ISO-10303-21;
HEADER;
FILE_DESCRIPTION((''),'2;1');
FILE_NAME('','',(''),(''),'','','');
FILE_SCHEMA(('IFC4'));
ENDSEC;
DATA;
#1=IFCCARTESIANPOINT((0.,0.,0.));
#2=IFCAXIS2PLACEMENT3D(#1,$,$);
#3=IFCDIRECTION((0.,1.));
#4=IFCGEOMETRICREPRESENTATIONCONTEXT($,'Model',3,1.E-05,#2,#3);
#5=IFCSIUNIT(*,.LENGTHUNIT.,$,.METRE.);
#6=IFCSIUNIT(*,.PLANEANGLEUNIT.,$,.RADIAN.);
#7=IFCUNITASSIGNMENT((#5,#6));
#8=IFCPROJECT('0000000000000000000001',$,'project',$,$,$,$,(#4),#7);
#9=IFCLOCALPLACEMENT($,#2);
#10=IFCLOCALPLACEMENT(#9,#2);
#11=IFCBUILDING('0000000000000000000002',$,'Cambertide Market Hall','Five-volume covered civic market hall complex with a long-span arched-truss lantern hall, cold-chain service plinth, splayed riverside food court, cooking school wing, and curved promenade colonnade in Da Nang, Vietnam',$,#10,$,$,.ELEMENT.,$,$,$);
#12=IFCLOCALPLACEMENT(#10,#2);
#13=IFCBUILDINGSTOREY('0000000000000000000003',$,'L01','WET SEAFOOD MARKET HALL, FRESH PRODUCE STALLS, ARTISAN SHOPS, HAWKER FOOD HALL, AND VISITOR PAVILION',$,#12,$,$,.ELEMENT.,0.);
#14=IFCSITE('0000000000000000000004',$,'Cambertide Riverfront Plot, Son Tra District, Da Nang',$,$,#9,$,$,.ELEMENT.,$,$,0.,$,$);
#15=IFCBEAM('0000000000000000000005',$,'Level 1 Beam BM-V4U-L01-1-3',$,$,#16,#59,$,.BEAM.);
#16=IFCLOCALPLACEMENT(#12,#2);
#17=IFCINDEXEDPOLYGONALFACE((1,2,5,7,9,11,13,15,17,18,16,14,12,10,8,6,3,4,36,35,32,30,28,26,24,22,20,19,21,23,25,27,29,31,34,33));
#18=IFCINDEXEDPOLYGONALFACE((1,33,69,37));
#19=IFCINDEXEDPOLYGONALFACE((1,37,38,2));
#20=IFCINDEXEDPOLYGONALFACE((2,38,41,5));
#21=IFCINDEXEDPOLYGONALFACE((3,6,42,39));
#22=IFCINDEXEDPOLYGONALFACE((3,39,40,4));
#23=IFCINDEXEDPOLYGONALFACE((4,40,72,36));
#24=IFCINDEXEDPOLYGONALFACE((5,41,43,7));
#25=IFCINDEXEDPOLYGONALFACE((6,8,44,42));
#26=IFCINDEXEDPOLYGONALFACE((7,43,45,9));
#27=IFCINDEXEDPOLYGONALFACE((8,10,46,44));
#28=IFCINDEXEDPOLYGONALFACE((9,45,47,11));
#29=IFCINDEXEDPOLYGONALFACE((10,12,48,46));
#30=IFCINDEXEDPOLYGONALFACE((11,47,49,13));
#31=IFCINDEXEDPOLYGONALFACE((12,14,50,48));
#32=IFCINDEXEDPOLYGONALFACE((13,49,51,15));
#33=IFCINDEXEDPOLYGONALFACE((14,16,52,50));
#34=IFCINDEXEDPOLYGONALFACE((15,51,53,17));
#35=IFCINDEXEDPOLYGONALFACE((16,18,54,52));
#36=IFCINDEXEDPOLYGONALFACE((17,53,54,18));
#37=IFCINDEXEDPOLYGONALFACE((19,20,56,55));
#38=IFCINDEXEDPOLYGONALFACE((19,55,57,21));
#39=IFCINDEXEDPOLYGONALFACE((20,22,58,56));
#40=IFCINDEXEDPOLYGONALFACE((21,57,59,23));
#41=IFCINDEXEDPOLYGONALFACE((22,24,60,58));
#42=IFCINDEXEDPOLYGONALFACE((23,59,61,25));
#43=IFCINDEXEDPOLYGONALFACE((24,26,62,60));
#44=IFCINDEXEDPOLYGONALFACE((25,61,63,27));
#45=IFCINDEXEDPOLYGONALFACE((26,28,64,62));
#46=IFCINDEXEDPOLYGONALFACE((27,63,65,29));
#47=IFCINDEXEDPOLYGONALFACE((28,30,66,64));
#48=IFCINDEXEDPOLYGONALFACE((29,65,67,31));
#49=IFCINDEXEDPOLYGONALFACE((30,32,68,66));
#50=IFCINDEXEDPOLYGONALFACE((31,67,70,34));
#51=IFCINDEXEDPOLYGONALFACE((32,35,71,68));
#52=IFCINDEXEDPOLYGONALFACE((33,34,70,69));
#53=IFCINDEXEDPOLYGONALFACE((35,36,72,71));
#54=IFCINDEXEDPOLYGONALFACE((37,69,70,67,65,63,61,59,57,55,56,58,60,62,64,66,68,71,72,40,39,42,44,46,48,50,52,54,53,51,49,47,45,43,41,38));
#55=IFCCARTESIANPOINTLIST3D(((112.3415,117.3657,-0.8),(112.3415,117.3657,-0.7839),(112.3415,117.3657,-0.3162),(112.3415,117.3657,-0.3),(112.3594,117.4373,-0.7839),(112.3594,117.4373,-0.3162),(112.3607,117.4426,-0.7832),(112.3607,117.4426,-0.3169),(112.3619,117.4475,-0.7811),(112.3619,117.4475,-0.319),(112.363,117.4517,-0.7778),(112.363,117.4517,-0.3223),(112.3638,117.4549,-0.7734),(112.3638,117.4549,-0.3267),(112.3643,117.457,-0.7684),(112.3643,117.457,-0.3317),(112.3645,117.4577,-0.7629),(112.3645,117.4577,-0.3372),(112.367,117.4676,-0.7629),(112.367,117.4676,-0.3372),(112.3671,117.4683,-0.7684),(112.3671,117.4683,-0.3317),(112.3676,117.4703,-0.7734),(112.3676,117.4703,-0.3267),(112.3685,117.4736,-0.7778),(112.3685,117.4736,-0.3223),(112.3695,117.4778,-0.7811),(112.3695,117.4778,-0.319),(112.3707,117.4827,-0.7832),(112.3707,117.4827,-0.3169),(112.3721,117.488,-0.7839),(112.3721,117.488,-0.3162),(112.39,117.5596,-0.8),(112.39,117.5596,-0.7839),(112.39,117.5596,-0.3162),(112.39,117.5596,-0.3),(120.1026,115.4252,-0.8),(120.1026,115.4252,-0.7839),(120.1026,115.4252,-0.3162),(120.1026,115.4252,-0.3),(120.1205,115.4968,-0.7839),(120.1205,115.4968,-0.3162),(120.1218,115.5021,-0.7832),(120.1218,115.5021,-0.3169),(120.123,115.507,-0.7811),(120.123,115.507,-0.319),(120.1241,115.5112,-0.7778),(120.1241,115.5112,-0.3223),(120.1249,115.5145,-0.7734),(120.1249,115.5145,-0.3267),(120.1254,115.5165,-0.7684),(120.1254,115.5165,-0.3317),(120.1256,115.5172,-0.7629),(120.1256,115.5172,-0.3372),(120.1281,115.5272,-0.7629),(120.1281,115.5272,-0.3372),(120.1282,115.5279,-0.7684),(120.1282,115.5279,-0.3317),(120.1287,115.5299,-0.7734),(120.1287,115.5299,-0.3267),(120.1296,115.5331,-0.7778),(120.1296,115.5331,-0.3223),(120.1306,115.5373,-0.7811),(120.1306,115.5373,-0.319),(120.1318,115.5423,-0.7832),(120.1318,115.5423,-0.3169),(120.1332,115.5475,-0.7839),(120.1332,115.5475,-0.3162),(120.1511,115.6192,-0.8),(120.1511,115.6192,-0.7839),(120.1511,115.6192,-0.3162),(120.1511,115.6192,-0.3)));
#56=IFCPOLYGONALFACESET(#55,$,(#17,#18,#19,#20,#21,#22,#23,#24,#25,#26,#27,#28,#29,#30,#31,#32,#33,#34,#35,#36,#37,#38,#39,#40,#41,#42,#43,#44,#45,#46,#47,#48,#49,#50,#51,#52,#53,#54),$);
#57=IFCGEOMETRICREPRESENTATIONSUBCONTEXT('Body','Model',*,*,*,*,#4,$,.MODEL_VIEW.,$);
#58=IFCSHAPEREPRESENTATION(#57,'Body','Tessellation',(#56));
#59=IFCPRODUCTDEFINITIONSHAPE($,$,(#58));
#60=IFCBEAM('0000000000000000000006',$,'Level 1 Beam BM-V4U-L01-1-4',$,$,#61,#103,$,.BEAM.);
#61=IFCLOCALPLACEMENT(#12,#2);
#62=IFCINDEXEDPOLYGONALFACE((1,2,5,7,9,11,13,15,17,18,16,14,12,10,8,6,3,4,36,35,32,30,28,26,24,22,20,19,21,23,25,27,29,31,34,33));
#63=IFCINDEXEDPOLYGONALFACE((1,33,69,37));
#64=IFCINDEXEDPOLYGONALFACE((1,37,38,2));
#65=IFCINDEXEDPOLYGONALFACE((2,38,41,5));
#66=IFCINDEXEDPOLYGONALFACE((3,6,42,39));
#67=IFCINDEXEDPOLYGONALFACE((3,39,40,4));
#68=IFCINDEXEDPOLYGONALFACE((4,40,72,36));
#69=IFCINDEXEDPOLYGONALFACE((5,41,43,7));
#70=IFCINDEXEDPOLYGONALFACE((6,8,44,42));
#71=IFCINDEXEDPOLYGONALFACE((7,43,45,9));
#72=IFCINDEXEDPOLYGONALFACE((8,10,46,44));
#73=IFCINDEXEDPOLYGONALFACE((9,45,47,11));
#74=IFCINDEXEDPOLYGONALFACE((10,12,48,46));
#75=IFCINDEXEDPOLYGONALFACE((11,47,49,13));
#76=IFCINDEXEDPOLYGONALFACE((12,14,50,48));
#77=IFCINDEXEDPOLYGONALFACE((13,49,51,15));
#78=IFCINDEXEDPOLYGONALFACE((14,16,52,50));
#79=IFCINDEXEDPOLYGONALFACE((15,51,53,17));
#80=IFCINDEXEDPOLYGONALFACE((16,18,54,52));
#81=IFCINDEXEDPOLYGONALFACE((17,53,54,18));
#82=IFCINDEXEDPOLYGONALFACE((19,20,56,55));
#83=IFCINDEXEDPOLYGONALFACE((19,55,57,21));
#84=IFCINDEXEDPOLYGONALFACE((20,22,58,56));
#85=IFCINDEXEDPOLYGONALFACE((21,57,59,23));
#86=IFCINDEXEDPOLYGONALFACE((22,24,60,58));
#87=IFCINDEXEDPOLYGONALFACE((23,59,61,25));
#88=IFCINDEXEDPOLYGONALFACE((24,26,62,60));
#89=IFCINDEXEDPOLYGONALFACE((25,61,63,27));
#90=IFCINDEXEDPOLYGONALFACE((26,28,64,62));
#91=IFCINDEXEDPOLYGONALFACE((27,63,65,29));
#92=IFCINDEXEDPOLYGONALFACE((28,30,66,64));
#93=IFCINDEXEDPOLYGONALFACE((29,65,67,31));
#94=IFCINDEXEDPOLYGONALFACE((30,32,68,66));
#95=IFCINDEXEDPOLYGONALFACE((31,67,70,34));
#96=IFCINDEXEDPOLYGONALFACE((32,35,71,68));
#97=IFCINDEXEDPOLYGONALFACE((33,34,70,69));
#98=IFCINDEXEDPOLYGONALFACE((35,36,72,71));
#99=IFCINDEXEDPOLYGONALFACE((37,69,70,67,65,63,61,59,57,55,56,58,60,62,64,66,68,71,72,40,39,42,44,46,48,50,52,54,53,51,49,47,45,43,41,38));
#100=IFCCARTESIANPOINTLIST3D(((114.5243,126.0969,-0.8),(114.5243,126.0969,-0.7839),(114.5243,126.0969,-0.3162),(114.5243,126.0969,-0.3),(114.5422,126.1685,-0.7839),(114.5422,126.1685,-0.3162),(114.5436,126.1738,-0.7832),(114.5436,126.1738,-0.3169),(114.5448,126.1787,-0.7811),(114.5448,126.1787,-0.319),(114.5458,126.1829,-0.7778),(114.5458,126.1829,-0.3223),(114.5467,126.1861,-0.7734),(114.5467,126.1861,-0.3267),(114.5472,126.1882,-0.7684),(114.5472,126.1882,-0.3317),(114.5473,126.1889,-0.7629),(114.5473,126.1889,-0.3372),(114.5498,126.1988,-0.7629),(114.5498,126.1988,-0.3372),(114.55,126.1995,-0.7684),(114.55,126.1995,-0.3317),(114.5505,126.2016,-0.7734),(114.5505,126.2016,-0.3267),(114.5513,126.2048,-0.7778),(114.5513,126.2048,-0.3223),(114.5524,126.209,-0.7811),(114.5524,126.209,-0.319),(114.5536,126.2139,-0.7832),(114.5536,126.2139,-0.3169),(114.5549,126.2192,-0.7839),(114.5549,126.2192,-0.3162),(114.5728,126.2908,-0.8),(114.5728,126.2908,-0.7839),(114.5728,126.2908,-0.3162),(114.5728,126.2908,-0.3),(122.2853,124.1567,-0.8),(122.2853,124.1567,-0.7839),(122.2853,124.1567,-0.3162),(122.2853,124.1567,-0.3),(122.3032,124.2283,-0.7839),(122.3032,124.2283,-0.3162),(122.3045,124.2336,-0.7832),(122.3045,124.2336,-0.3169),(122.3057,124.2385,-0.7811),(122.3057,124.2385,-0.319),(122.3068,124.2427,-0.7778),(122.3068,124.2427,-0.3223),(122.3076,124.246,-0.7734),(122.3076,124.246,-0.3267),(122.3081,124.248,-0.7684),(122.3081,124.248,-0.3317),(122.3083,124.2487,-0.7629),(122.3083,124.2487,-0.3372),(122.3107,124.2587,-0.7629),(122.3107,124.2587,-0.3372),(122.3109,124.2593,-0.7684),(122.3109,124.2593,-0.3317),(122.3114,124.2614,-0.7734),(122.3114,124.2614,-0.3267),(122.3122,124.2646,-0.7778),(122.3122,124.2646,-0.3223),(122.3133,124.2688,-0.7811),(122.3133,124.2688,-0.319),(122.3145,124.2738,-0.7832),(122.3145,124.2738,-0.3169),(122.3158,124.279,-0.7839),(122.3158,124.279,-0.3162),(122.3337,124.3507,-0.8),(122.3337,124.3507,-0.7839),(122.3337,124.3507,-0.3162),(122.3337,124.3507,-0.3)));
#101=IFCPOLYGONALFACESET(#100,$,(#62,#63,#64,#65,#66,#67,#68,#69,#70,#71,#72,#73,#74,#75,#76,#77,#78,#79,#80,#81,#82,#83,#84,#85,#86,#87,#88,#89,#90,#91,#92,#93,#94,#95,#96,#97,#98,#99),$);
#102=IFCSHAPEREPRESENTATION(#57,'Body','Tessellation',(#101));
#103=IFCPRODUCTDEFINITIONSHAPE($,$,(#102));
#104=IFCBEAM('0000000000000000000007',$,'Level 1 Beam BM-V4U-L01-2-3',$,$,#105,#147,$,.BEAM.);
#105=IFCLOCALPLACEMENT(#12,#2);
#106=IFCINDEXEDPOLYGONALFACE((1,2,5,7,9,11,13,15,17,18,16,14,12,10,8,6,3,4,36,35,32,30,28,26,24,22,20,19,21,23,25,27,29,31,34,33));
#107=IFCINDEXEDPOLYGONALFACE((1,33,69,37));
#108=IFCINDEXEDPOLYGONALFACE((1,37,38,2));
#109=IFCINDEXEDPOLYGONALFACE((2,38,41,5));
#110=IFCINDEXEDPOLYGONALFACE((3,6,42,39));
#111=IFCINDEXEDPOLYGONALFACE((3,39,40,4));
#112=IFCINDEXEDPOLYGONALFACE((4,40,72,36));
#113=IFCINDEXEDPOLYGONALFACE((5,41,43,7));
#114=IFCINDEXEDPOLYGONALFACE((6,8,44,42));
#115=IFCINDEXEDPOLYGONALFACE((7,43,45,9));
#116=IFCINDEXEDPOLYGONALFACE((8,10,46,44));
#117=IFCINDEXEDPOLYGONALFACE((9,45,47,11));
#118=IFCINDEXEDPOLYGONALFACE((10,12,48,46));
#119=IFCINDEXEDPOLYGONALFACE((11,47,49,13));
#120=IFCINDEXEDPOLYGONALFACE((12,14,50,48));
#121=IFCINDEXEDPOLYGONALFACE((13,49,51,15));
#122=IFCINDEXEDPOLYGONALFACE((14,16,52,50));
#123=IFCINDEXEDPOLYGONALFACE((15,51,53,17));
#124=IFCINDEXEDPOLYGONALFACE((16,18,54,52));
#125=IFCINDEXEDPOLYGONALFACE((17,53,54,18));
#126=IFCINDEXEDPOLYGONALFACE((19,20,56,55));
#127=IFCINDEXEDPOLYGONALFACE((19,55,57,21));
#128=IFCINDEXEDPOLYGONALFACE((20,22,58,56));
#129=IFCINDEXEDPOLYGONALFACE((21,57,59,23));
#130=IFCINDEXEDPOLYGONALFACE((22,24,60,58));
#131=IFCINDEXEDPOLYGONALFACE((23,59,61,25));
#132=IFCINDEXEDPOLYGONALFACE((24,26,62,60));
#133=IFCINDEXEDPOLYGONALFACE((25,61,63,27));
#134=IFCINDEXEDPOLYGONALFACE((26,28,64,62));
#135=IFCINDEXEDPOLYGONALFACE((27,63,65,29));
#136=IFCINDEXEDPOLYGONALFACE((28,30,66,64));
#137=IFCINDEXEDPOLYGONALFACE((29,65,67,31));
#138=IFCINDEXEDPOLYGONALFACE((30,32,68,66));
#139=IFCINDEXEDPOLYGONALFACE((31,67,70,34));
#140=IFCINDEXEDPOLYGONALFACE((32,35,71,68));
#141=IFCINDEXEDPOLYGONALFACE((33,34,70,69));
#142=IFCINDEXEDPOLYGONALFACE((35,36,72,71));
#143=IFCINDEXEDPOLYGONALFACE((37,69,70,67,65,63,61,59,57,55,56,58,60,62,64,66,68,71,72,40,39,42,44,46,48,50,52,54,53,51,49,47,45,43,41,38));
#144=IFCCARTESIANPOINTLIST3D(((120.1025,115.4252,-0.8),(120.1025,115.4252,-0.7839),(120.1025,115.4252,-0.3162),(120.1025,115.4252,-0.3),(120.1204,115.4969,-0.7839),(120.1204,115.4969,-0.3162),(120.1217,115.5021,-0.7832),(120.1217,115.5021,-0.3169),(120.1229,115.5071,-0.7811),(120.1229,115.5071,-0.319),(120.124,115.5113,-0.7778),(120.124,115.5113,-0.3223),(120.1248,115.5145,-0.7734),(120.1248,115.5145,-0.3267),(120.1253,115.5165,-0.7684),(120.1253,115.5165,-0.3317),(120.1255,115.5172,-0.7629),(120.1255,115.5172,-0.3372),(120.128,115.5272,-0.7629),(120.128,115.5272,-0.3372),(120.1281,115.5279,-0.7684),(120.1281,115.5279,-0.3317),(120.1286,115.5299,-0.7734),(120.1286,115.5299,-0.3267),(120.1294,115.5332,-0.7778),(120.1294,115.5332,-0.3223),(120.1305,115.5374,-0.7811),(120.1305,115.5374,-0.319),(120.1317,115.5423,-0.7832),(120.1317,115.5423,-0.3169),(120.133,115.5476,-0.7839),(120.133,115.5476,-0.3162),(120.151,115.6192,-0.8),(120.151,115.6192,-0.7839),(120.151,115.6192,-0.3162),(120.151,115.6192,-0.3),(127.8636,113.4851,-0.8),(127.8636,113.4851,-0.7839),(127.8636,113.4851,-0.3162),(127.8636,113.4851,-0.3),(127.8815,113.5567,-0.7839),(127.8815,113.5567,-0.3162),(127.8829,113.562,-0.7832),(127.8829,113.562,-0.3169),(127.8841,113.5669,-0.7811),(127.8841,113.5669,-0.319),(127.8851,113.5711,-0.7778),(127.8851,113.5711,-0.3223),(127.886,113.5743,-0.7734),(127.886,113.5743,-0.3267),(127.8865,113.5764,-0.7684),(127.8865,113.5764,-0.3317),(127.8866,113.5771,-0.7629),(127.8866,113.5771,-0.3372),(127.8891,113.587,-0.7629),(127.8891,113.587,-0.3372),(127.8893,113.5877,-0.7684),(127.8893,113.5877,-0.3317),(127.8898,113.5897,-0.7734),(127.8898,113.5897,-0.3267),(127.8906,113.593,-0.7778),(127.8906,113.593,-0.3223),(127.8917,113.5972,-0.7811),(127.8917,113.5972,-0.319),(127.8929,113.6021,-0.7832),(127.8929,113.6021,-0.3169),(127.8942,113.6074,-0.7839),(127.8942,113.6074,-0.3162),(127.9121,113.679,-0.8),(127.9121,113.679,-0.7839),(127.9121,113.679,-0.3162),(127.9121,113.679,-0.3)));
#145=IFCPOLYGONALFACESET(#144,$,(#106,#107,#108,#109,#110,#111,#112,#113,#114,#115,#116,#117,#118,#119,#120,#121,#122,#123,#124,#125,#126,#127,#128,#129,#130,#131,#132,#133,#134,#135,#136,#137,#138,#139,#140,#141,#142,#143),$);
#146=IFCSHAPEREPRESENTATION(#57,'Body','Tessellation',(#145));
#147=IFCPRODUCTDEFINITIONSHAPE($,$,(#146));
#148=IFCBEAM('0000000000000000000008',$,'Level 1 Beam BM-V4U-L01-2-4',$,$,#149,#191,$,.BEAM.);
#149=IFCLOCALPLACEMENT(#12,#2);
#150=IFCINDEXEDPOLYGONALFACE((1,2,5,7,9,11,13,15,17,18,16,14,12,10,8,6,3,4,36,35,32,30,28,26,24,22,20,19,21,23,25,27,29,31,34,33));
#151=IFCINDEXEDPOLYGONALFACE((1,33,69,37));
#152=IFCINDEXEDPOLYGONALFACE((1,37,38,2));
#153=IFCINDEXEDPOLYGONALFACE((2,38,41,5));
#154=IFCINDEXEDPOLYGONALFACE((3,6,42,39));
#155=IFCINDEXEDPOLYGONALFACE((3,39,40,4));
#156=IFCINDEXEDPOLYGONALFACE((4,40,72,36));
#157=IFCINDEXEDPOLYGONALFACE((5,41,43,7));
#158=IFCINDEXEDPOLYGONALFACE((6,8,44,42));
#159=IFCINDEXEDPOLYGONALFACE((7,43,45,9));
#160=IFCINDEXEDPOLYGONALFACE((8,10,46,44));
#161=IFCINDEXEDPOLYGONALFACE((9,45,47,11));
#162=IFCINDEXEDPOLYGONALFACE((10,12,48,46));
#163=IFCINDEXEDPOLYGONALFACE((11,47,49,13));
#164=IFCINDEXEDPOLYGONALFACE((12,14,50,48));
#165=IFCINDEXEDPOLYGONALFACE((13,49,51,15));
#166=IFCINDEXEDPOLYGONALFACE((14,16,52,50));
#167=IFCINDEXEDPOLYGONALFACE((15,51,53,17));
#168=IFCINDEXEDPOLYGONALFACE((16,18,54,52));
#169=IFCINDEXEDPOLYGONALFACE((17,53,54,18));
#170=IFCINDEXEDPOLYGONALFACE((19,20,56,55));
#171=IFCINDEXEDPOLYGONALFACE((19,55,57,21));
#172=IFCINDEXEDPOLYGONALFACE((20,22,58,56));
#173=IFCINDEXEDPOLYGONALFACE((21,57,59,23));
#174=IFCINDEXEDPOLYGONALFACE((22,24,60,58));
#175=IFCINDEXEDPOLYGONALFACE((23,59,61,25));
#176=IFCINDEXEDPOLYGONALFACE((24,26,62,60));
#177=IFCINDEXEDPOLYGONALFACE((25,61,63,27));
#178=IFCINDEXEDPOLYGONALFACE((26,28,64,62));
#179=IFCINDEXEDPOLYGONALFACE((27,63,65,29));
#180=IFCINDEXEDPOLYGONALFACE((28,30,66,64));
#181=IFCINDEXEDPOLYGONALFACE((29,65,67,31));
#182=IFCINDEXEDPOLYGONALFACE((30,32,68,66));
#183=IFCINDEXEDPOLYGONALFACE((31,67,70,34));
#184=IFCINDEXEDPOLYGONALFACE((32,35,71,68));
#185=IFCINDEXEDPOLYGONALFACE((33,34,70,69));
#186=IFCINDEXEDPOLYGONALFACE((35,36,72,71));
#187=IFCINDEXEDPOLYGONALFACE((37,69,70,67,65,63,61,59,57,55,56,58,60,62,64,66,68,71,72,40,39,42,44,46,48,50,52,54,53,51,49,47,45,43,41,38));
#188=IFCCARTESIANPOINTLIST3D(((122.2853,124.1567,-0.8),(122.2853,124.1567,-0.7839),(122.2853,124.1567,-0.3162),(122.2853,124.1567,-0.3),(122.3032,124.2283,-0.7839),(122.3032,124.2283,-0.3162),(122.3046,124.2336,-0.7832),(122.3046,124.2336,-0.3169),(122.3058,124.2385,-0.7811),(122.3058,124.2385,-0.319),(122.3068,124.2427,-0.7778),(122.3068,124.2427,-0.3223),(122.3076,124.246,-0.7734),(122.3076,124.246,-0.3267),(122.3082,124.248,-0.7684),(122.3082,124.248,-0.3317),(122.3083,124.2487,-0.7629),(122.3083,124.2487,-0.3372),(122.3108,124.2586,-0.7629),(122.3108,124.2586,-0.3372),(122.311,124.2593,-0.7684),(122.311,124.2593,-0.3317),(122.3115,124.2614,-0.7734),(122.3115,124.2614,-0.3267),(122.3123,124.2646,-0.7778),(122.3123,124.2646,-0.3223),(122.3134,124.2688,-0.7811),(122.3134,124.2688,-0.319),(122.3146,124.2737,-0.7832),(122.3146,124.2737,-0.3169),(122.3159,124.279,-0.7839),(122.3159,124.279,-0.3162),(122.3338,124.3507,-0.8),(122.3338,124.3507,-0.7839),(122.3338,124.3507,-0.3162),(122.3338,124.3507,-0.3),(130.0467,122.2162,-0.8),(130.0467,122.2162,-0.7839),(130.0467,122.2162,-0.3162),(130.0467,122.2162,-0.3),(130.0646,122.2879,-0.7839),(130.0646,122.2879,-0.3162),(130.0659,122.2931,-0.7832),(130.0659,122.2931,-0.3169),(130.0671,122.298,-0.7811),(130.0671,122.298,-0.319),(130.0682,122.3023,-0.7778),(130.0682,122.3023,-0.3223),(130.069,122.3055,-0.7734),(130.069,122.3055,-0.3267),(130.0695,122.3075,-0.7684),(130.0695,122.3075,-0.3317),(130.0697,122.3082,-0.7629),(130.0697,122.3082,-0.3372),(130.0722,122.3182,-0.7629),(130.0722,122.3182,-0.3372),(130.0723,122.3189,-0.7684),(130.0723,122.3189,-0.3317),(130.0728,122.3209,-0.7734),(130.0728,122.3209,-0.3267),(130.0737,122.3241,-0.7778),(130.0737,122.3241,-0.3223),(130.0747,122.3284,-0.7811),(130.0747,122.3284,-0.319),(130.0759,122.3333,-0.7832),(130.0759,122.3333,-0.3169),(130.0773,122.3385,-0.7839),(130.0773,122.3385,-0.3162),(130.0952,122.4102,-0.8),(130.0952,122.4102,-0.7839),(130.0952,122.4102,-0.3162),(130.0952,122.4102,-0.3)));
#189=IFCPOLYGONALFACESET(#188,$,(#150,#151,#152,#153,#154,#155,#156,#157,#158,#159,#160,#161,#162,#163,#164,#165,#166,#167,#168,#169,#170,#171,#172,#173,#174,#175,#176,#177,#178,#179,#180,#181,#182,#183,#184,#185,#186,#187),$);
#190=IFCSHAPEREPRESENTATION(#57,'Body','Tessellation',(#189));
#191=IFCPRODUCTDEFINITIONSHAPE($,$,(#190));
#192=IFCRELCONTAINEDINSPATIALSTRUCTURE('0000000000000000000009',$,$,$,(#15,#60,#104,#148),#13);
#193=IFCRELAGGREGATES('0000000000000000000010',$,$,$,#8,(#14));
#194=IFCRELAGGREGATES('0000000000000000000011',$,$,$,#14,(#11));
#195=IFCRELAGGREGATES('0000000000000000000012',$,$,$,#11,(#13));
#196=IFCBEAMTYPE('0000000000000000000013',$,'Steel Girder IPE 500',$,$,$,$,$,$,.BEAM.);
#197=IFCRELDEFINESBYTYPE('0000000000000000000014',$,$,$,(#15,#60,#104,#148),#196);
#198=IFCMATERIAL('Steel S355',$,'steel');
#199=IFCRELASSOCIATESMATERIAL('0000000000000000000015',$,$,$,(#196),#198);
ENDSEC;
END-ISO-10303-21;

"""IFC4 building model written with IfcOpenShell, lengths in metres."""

from ifc_helpers import new_model, si_unit, direction, frame, origin, origin_2d, place, context, subcontext, project, spatial, i_section, extrude, material, material_profile, profile_set, type_object, element, save


model = new_model("IFC4")

# Units and contexts
model_context = context("Model", 3, precision=1e-05, world=origin(), true_north=direction((0.0, 1.0)))
body_context = subcontext(model_context, "Body", "Model", "MODEL_VIEW")
ifc_project = project(units=[si_unit("LENGTHUNIT", "METRE"), si_unit("PLANEANGLEUNIT", "RADIAN")], contexts=[model_context])

# Site, building, storey
site_placement = place(None, origin())
site = spatial("IfcSite", under=ifc_project, at=site_placement, Name="Cambertide Riverfront Plot, Son Tra District, Da Nang", CompositionType="ELEMENT", RefElevation=0.0)
building_placement = place(site_placement, origin())
building = spatial("IfcBuilding", under=site, at=building_placement, Name="Cambertide Market Hall", Description="Five-volume covered civic market hall complex with a long-span arched-truss lantern hall, cold-chain service plinth, splayed riverside food court, cooking school wing, and curved promenade colonnade in Da Nang, Vietnam", CompositionType="ELEMENT")
storey_placement = place(building_placement, origin())
storey = spatial("IfcBuildingStorey", under=building, at=storey_placement, Name="L01", Description="WET SEAFOOD MARKET HALL, FRESH PRODUCE STALLS, ARTISAN SHOPS, HAWKER FOOD HALL, AND VISITOR PAVILION", CompositionType="ELEMENT", Elevation=0.0)

# Beams
ifc_material_1 = material(Name="Steel S355", Category="steel")
ifc_material_profile_1 = material_profile(ifc_material_1, i_section(OverallWidth=0.2, OverallDepth=0.5, WebThickness=0.0103, FlangeThickness=0.0161, FilletRadius=0.021, at=origin_2d()), Name="IPE 500")
ifc_profile_set_1 = profile_set([ifc_material_profile_1], Name="Steel S355")
beam_type_1 = type_object("IfcBeamType", Name="Steel Girder IPE 500", PredefinedType="BEAM", material=ifc_profile_set_1)
beam_1_placement = place(storey_placement, frame((112.3657, 117.4626, -0.55), z_axis=(0.970137, -0.242557, 0.0), x_axis=(0.242557, 0.970137, 0.0)))
element("IfcBeam", 1, at=beam_1_placement, inside=storey, type_object=beam_type_1, Name="Level 1 Beam BM-V4U-L01-1-3", PredefinedType="BEAM", context=body_context, shape_type="SweptSolid", body=[
    extrude(i_section(OverallWidth=0.2, OverallDepth=0.5, WebThickness=0.0103, FlangeThickness=0.0161, FilletRadius=0.021, at=origin_2d()), origin(), (0.0, 0.0, 1.0), 8.0),
])
beam_2_placement = place(storey_placement, frame((114.5486, 126.1938, -0.55), z_axis=(0.970144, -0.242528, 0.0), x_axis=(0.242528, 0.970144, 0.0)))
element("IfcBeam", 2, at=beam_2_placement, inside=storey, type_object=beam_type_1, Name="Level 1 Beam BM-V4U-L01-1-4", PredefinedType="BEAM", context=body_context, shape_type="SweptSolid", body=[
    extrude(i_section(OverallWidth=0.2, OverallDepth=0.5, WebThickness=0.0103, FlangeThickness=0.0161, FilletRadius=0.021, at=origin_2d()), origin(), (0.0, 0.0, 1.0), 7.9998),
])
beam_3_placement = place(storey_placement, frame((120.1267, 115.5222, -0.55), z_axis=(0.970146, -0.242521, 0.0), x_axis=(0.242521, 0.970146, 0.0)))
element("IfcBeam", 3, at=beam_3_placement, inside=storey, type_object=beam_type_1, Name="Level 1 Beam BM-V4U-L01-2-3", PredefinedType="BEAM", context=body_context, shape_type="SweptSolid", body=[
    extrude(i_section(OverallWidth=0.2, OverallDepth=0.5, WebThickness=0.0103, FlangeThickness=0.0161, FilletRadius=0.021, at=origin_2d()), origin(), (0.0, 0.0, 1.0), 8.0),
])
for number, where, z_axis, x_axis, name in (
    (4, (122.3096, 124.2537, -0.55), (0.970139, -0.24255, 0.0), (0.24255, 0.970139, 0.0), "Level 1 Beam BM-V4U-L01-2-4"),
):
    element("IfcBeam", number, at=place(storey_placement, frame(where, z_axis=z_axis, x_axis=x_axis)), inside=storey, type_object=beam_type_1, Name=name, PredefinedType="BEAM", context=body_context, shape_type="SweptSolid", body=[
        extrude(i_section(OverallWidth=0.2, OverallDepth=0.5, WebThickness=0.0103, FlangeThickness=0.0161, FilletRadius=0.021, at=origin_2d()), origin(), (0.0, 0.0, 1.0), 8.0002),
    ])

save(model, "model.ifc")
